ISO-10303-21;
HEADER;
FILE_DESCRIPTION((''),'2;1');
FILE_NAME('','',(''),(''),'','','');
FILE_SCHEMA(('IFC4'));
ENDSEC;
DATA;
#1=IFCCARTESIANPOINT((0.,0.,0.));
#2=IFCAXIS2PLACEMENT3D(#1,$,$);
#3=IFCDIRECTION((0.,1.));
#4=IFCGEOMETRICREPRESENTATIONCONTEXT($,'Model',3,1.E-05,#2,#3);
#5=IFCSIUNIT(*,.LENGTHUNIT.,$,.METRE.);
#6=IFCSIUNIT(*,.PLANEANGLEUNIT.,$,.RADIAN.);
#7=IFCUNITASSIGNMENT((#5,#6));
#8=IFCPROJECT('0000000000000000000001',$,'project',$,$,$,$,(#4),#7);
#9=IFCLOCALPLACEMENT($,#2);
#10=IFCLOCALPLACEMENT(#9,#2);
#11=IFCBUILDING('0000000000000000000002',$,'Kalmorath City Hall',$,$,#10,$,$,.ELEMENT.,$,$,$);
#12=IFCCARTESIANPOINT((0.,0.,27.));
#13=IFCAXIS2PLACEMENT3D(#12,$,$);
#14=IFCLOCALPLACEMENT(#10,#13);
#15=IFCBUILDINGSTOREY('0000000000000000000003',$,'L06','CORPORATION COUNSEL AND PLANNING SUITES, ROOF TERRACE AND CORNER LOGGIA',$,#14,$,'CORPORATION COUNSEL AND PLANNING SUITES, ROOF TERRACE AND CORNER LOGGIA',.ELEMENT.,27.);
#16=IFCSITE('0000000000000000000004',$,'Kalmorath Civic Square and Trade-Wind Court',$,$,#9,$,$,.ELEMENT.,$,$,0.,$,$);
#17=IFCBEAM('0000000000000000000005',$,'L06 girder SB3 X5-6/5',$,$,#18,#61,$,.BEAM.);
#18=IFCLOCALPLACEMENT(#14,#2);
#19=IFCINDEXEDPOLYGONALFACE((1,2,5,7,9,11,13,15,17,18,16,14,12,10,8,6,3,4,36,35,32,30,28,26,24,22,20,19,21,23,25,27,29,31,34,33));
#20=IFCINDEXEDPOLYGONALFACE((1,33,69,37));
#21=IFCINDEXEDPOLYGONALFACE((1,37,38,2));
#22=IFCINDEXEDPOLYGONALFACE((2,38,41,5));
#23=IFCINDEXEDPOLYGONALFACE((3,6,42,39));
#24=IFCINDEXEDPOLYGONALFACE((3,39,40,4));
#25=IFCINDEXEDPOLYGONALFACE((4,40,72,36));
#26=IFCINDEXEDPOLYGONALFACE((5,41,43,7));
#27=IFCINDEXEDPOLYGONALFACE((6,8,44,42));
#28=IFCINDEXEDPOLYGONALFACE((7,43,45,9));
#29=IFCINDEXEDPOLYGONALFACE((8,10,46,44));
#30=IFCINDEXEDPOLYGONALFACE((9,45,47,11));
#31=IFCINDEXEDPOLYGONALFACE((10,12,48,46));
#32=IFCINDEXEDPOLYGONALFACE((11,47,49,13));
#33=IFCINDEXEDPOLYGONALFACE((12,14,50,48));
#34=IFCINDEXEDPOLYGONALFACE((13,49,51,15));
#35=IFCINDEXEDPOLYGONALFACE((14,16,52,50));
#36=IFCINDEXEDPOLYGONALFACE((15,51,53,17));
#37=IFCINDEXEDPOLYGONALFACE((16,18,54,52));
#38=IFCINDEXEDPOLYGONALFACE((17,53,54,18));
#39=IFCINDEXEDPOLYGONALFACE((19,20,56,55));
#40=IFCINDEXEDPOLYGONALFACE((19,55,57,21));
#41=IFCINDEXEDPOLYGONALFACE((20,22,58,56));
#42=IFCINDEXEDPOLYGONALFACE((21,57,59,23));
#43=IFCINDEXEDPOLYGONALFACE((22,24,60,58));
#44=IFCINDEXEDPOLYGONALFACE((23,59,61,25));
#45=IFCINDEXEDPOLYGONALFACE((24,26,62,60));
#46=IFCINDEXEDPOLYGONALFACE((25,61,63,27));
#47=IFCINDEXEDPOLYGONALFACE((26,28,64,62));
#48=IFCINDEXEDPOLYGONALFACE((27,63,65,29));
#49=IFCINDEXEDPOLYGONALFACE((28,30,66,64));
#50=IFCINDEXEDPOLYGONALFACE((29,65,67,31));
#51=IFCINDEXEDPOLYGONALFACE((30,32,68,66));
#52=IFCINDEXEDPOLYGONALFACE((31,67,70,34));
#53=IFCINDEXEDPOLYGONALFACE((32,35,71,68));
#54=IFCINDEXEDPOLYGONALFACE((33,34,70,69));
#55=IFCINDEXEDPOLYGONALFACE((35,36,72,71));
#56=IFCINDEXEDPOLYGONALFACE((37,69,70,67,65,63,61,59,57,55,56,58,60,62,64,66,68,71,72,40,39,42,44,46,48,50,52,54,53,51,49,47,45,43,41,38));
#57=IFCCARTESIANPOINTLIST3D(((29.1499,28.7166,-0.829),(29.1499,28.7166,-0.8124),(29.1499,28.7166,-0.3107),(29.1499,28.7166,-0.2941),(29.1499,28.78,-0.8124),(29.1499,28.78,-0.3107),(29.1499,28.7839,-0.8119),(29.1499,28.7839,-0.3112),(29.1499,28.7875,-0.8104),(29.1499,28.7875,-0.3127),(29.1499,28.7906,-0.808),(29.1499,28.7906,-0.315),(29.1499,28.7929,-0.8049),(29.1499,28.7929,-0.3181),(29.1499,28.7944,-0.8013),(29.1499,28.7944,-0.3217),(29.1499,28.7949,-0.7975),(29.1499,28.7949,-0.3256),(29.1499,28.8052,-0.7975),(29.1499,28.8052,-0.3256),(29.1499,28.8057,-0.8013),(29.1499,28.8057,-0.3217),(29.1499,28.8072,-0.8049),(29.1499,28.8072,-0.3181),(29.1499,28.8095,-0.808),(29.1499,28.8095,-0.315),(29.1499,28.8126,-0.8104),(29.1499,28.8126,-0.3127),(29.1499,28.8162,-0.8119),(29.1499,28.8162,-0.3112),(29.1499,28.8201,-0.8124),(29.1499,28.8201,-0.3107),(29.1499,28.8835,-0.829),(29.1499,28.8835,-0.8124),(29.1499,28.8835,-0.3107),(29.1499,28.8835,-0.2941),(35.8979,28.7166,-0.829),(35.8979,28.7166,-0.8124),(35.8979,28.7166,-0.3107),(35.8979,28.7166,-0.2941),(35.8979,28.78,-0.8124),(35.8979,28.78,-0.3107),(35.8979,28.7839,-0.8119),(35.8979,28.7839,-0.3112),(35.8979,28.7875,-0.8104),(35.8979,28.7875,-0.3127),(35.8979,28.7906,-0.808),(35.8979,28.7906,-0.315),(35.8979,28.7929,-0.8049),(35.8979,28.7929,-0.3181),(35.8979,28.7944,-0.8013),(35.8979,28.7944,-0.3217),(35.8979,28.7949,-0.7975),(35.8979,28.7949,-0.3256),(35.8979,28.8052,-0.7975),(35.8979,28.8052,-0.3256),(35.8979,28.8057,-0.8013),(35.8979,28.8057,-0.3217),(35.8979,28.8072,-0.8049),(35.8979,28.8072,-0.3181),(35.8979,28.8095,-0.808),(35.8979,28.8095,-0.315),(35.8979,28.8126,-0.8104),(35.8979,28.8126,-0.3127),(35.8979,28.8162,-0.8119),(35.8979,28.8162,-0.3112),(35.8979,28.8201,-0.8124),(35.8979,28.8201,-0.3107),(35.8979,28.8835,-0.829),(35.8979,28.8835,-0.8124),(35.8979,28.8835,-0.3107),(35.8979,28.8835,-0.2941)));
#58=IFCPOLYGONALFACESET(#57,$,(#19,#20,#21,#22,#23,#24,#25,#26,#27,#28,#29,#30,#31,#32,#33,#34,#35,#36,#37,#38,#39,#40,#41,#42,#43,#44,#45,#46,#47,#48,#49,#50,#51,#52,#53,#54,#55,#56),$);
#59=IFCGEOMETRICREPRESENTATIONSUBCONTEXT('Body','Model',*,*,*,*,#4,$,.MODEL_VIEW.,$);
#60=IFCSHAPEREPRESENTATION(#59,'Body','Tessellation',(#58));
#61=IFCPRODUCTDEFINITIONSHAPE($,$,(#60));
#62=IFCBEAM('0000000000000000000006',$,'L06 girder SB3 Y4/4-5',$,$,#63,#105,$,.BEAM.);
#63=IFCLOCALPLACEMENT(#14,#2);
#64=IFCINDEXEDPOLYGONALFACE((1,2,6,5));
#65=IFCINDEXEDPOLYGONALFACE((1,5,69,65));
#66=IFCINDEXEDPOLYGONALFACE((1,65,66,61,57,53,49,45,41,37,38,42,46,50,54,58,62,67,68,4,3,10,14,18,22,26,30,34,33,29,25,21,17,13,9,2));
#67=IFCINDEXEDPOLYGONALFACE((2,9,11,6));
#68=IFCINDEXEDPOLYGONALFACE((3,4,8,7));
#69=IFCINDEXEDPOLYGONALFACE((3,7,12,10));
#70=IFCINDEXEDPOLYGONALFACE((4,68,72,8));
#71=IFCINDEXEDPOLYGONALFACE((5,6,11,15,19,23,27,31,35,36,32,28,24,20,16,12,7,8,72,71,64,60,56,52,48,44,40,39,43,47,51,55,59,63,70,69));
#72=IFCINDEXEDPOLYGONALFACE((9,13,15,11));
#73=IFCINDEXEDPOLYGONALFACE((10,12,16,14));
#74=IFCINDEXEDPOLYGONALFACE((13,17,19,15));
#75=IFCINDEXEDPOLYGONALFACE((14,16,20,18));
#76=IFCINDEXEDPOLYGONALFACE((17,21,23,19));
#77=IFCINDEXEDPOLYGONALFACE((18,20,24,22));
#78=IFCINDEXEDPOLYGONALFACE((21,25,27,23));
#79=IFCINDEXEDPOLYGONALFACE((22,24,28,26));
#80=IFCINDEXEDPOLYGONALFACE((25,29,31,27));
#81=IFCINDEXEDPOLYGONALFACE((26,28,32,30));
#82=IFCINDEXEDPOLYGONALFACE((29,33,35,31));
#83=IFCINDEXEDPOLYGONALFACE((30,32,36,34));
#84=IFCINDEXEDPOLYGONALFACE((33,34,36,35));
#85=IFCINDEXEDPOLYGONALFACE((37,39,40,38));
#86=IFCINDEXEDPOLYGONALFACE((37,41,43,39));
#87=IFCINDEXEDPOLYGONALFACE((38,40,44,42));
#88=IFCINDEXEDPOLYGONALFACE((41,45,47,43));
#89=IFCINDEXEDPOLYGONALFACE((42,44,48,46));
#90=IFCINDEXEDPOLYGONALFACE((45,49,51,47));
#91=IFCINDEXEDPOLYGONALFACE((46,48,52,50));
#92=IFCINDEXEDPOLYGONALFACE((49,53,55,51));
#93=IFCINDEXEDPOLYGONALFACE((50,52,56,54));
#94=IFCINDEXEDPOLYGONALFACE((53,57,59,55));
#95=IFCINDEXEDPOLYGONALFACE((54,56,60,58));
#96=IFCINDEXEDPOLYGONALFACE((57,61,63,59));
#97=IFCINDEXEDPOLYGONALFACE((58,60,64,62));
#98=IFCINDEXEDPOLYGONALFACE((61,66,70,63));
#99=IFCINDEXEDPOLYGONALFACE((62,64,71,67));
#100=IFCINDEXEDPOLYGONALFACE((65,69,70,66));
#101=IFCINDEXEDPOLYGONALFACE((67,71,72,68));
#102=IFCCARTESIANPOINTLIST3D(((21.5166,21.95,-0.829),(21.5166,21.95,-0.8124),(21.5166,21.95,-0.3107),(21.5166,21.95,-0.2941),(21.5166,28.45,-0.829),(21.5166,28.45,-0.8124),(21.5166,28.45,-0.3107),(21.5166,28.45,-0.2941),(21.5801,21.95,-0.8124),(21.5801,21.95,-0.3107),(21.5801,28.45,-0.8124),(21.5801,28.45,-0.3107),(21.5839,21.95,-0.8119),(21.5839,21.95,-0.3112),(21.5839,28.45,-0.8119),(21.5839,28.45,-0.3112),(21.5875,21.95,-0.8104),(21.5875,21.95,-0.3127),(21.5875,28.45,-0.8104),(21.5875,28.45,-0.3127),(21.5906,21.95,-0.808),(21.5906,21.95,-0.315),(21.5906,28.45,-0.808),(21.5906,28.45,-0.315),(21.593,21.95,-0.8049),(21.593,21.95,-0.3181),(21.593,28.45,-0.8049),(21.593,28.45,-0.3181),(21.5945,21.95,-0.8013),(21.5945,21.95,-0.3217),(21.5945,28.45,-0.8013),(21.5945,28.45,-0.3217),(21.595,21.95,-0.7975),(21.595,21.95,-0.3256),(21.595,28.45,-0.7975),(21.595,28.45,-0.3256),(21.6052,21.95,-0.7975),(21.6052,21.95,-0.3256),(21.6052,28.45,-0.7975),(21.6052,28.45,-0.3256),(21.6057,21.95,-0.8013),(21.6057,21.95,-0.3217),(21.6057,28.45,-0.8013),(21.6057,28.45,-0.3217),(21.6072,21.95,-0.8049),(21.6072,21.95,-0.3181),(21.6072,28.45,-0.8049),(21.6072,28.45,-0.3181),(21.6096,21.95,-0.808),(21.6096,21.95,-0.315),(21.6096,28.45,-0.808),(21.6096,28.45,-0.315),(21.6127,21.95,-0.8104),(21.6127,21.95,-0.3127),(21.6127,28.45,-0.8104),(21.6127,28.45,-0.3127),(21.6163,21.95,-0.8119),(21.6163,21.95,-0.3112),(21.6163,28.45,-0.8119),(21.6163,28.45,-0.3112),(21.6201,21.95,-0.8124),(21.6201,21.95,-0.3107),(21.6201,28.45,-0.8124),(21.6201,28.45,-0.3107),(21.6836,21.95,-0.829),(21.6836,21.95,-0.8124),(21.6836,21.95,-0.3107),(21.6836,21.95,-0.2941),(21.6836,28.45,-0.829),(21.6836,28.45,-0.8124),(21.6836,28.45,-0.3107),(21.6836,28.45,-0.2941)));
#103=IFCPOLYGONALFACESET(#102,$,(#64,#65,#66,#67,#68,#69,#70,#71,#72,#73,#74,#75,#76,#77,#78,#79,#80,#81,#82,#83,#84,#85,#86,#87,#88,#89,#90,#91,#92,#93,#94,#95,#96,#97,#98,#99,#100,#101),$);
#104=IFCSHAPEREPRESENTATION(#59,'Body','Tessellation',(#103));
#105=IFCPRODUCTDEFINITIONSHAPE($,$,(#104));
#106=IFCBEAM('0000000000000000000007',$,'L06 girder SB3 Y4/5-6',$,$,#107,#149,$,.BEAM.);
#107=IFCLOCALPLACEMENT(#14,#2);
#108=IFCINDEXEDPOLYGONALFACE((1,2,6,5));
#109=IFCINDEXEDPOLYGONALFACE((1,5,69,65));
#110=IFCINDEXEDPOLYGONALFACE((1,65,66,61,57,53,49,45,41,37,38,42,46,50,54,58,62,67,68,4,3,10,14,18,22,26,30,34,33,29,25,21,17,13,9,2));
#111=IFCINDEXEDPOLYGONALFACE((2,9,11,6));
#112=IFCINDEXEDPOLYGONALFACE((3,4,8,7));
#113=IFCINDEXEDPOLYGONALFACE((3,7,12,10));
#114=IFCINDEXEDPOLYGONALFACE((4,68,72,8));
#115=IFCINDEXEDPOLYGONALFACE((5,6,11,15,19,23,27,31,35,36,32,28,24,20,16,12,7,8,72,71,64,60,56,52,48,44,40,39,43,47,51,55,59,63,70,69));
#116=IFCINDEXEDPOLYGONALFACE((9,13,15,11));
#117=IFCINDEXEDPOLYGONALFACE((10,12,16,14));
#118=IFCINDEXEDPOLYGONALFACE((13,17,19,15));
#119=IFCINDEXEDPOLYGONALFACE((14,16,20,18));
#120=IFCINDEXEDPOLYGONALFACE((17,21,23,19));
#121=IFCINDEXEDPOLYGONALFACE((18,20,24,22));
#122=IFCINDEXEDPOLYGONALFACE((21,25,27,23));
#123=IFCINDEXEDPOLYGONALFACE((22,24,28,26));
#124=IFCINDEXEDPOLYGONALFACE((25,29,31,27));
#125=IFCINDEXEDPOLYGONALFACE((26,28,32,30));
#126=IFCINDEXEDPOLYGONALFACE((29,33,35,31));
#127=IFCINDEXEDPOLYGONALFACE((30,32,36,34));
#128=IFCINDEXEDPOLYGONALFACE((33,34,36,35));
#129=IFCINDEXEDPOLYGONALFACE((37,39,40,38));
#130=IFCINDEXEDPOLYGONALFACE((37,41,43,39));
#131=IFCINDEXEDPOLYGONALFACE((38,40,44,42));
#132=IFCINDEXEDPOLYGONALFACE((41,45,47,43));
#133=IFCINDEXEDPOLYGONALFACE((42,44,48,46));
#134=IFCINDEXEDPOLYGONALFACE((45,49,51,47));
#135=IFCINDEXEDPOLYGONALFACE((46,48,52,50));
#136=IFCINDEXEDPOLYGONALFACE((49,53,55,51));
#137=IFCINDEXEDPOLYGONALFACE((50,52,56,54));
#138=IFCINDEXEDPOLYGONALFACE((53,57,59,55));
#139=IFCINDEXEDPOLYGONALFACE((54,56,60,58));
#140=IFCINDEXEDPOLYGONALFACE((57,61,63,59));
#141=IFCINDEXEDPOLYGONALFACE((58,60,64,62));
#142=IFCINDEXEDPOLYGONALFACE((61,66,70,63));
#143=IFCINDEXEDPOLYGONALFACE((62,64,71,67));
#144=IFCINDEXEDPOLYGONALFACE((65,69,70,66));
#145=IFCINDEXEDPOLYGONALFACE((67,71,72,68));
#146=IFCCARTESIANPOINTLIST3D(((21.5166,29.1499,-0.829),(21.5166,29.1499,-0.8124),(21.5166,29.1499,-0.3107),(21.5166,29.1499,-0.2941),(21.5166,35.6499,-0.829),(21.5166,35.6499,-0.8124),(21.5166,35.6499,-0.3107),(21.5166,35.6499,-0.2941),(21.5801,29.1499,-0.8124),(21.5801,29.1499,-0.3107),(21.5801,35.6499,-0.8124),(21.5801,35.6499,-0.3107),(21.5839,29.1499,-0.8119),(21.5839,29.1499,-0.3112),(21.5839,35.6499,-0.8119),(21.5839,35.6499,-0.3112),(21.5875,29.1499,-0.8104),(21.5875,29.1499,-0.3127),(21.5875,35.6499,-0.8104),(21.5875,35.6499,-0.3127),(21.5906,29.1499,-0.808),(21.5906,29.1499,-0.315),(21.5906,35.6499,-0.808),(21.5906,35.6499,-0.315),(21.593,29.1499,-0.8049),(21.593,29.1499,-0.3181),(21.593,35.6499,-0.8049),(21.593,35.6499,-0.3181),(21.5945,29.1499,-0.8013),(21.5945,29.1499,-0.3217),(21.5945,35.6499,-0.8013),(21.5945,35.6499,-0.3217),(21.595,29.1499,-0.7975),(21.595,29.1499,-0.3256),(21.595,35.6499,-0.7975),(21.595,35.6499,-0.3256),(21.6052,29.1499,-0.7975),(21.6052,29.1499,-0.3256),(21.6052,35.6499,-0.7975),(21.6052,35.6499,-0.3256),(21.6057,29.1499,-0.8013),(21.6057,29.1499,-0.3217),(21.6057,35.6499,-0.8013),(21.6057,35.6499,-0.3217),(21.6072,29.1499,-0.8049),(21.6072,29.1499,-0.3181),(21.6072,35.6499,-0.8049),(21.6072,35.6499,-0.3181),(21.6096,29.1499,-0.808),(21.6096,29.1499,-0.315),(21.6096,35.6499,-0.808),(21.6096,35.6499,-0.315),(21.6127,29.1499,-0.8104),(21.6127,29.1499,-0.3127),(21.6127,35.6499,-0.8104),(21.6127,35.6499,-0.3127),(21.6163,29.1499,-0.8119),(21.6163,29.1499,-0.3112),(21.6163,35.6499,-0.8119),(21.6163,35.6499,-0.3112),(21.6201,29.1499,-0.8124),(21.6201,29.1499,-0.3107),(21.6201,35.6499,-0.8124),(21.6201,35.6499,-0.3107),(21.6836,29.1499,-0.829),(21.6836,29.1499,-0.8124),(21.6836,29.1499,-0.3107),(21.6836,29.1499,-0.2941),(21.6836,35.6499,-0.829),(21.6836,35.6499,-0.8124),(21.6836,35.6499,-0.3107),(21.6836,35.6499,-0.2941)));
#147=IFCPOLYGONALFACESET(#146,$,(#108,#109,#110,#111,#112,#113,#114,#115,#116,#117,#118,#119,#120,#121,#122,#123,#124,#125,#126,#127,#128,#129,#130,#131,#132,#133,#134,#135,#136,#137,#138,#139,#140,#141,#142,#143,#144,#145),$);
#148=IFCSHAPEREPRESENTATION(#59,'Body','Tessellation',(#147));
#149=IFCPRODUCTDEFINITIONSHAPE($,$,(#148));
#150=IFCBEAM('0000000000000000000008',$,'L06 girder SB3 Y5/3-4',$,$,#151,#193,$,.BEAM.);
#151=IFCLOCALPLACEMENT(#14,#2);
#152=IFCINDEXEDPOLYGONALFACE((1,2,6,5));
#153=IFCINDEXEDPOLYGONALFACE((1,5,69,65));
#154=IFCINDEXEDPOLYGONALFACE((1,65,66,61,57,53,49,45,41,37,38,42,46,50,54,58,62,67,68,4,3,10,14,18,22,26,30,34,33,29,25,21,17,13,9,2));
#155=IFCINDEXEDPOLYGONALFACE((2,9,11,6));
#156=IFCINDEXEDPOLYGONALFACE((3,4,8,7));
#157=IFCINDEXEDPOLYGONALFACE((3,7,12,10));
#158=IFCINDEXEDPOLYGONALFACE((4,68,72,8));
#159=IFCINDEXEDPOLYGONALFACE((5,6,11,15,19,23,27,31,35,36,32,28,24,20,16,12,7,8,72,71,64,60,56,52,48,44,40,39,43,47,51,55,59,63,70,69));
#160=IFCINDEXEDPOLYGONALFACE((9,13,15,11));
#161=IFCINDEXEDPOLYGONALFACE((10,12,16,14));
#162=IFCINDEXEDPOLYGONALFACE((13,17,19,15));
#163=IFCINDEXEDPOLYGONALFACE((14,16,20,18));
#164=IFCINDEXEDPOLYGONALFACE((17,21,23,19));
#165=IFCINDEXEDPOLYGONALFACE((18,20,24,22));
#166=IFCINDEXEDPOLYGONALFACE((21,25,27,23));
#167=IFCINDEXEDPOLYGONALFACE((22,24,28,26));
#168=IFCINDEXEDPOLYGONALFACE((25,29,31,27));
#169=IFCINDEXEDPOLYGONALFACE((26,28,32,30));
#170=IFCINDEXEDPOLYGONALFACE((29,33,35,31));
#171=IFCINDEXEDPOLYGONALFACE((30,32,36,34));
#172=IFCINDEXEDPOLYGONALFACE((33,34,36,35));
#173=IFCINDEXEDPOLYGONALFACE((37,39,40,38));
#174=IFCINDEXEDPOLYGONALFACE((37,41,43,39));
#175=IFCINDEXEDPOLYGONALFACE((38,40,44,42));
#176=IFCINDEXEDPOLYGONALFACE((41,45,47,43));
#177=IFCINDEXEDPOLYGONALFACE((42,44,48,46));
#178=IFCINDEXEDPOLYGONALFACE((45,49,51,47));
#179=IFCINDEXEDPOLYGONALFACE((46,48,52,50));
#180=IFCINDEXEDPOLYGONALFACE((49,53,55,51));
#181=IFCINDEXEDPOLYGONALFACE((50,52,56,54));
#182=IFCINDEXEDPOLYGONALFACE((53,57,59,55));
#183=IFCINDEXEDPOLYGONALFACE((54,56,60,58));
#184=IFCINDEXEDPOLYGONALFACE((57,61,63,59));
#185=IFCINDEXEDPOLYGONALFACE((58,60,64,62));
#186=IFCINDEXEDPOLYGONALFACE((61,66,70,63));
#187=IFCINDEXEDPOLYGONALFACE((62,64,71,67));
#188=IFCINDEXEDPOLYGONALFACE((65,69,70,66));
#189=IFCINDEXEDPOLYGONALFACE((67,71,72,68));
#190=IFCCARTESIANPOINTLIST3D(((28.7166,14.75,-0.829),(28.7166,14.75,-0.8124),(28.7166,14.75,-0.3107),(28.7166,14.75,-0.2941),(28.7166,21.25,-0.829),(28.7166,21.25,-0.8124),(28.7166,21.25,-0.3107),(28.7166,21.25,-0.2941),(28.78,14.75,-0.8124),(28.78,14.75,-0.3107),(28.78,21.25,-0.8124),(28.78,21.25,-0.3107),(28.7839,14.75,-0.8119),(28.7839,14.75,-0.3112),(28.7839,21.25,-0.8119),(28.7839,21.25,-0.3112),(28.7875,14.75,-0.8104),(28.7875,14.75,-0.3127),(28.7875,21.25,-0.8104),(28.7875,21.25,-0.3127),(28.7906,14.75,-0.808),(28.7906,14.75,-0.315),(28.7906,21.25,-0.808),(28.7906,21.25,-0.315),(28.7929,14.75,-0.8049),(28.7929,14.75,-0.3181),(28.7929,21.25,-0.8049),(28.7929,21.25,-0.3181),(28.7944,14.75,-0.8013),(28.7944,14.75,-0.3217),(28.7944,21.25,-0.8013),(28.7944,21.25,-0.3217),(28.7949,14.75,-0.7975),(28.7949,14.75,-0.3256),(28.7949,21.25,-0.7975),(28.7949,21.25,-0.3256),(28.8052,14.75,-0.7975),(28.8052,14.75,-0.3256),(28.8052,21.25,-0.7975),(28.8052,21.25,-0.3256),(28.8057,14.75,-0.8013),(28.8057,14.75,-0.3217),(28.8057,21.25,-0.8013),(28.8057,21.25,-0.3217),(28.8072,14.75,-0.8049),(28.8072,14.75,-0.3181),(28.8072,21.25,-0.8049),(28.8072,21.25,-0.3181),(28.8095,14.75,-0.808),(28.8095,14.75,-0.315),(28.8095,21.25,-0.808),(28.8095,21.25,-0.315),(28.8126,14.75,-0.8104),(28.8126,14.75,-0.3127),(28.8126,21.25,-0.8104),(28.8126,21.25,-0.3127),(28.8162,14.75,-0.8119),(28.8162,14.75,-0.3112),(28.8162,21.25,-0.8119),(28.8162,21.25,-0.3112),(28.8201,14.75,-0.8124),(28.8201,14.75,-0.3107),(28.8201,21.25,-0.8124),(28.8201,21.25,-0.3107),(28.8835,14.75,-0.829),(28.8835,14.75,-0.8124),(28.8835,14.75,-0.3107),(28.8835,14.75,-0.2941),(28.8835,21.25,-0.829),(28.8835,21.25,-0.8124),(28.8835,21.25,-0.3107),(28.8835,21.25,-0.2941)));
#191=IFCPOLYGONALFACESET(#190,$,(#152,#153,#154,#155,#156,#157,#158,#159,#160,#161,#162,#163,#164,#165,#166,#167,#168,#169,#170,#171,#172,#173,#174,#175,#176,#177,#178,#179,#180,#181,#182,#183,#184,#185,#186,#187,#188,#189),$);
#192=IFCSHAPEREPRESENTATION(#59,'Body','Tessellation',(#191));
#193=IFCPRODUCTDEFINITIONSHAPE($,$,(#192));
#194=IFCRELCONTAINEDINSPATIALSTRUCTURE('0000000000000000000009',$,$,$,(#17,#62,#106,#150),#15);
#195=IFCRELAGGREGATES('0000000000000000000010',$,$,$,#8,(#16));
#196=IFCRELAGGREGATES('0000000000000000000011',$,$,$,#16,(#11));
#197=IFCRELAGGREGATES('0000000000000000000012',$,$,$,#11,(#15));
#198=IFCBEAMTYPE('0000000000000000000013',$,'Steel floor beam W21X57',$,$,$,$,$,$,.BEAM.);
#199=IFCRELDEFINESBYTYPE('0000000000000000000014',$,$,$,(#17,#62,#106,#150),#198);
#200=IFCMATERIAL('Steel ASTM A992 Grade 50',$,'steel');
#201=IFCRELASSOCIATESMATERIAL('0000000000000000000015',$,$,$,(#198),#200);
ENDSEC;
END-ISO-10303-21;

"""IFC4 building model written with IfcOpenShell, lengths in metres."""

from ifc_helpers import new_model, si_unit, direction, frame, origin, origin_2d, place, context, subcontext, project, spatial, i_section, extrude, material, material_profile, profile_set, type_object, element, save


model = new_model("IFC4")

# Units and contexts
model_context = context("Model", 3, precision=1e-05, world=origin(), true_north=direction((0.0, 1.0)))
body_context = subcontext(model_context, "Body", "Model", "MODEL_VIEW")
ifc_project = project(units=[si_unit("LENGTHUNIT", "METRE"), si_unit("PLANEANGLEUNIT", "RADIAN")], contexts=[model_context])

# Site, building, storey
site_placement = place(None, origin())
site = spatial("IfcSite", under=ifc_project, at=site_placement, Name="Kalmorath Civic Square and Trade-Wind Court", CompositionType="ELEMENT", RefElevation=0.0)
building_placement = place(site_placement, origin())
building = spatial("IfcBuilding", under=site, at=building_placement, Name="Kalmorath City Hall", CompositionType="ELEMENT")
storey_placement = place(building_placement, frame((0.0, 0.0, 27.0)))
storey = spatial("IfcBuildingStorey", under=building, at=storey_placement, Name="L06", Description="CORPORATION COUNSEL AND PLANNING SUITES, ROOF TERRACE AND CORNER LOGGIA", LongName="CORPORATION COUNSEL AND PLANNING SUITES, ROOF TERRACE AND CORNER LOGGIA", CompositionType="ELEMENT", Elevation=27.0)

# Beams
ifc_material_1 = material(Name="Steel ASTM A992 Grade 50", Category="steel")
ifc_material_profile_1 = material_profile(ifc_material_1, i_section(OverallWidth=0.167, OverallDepth=0.5349, WebThickness=0.0103, FlangeThickness=0.0166, FilletRadius=0.0149, at=origin_2d()), Name="W21X57")
ifc_profile_set_1 = profile_set([ifc_material_profile_1], Name="Steel ASTM A992 Grade 50")
beam_type_1 = type_object("IfcBeamType", Name="Steel floor beam W21X57", PredefinedType="BEAM", material=ifc_profile_set_1)
beam_1_placement = place(storey_placement, frame((29.1499, 28.8, -0.5615), z_axis=(1.0, 0.0, 0.0), x_axis=(0.0, 1.0, 0.0)))
element("IfcBeam", 1, at=beam_1_placement, inside=storey, type_object=beam_type_1, Name="L06 girder SB3 X5-6/5", PredefinedType="BEAM", context=body_context, shape_type="SweptSolid", body=[
    extrude(i_section(OverallWidth=0.167, OverallDepth=0.5349, WebThickness=0.0103, FlangeThickness=0.0166, FilletRadius=0.0149, at=origin_2d()), origin(), (0.0, 0.0, 1.0), 6.748),
])
for number, where, z_axis, x_axis, name in (
    (2, (21.6001, 21.95, -0.5615), (0.0, 1.0, 0.0), (-1.0, 0.0, 0.0), "L06 girder SB3 Y4/4-5"),
    (3, (21.6001, 29.1499, -0.5615), (0.0, 1.0, 0.0), (-1.0, 0.0, 0.0), "L06 girder SB3 Y4/5-6"),
    (4, (28.8, 14.75, -0.5615), (0.0, 1.0, 0.0), (-1.0, 0.0, 0.0), "L06 girder SB3 Y5/3-4"),
):
    element("IfcBeam", number, at=place(storey_placement, frame(where, z_axis=z_axis, x_axis=x_axis)), inside=storey, type_object=beam_type_1, Name=name, PredefinedType="BEAM", context=body_context, shape_type="SweptSolid", body=[
        extrude(i_section(OverallWidth=0.167, OverallDepth=0.5349, WebThickness=0.0103, FlangeThickness=0.0166, FilletRadius=0.0149, at=origin_2d()), origin(), (0.0, 0.0, 1.0), 6.5),
    ])

save(model, "model.ifc")
